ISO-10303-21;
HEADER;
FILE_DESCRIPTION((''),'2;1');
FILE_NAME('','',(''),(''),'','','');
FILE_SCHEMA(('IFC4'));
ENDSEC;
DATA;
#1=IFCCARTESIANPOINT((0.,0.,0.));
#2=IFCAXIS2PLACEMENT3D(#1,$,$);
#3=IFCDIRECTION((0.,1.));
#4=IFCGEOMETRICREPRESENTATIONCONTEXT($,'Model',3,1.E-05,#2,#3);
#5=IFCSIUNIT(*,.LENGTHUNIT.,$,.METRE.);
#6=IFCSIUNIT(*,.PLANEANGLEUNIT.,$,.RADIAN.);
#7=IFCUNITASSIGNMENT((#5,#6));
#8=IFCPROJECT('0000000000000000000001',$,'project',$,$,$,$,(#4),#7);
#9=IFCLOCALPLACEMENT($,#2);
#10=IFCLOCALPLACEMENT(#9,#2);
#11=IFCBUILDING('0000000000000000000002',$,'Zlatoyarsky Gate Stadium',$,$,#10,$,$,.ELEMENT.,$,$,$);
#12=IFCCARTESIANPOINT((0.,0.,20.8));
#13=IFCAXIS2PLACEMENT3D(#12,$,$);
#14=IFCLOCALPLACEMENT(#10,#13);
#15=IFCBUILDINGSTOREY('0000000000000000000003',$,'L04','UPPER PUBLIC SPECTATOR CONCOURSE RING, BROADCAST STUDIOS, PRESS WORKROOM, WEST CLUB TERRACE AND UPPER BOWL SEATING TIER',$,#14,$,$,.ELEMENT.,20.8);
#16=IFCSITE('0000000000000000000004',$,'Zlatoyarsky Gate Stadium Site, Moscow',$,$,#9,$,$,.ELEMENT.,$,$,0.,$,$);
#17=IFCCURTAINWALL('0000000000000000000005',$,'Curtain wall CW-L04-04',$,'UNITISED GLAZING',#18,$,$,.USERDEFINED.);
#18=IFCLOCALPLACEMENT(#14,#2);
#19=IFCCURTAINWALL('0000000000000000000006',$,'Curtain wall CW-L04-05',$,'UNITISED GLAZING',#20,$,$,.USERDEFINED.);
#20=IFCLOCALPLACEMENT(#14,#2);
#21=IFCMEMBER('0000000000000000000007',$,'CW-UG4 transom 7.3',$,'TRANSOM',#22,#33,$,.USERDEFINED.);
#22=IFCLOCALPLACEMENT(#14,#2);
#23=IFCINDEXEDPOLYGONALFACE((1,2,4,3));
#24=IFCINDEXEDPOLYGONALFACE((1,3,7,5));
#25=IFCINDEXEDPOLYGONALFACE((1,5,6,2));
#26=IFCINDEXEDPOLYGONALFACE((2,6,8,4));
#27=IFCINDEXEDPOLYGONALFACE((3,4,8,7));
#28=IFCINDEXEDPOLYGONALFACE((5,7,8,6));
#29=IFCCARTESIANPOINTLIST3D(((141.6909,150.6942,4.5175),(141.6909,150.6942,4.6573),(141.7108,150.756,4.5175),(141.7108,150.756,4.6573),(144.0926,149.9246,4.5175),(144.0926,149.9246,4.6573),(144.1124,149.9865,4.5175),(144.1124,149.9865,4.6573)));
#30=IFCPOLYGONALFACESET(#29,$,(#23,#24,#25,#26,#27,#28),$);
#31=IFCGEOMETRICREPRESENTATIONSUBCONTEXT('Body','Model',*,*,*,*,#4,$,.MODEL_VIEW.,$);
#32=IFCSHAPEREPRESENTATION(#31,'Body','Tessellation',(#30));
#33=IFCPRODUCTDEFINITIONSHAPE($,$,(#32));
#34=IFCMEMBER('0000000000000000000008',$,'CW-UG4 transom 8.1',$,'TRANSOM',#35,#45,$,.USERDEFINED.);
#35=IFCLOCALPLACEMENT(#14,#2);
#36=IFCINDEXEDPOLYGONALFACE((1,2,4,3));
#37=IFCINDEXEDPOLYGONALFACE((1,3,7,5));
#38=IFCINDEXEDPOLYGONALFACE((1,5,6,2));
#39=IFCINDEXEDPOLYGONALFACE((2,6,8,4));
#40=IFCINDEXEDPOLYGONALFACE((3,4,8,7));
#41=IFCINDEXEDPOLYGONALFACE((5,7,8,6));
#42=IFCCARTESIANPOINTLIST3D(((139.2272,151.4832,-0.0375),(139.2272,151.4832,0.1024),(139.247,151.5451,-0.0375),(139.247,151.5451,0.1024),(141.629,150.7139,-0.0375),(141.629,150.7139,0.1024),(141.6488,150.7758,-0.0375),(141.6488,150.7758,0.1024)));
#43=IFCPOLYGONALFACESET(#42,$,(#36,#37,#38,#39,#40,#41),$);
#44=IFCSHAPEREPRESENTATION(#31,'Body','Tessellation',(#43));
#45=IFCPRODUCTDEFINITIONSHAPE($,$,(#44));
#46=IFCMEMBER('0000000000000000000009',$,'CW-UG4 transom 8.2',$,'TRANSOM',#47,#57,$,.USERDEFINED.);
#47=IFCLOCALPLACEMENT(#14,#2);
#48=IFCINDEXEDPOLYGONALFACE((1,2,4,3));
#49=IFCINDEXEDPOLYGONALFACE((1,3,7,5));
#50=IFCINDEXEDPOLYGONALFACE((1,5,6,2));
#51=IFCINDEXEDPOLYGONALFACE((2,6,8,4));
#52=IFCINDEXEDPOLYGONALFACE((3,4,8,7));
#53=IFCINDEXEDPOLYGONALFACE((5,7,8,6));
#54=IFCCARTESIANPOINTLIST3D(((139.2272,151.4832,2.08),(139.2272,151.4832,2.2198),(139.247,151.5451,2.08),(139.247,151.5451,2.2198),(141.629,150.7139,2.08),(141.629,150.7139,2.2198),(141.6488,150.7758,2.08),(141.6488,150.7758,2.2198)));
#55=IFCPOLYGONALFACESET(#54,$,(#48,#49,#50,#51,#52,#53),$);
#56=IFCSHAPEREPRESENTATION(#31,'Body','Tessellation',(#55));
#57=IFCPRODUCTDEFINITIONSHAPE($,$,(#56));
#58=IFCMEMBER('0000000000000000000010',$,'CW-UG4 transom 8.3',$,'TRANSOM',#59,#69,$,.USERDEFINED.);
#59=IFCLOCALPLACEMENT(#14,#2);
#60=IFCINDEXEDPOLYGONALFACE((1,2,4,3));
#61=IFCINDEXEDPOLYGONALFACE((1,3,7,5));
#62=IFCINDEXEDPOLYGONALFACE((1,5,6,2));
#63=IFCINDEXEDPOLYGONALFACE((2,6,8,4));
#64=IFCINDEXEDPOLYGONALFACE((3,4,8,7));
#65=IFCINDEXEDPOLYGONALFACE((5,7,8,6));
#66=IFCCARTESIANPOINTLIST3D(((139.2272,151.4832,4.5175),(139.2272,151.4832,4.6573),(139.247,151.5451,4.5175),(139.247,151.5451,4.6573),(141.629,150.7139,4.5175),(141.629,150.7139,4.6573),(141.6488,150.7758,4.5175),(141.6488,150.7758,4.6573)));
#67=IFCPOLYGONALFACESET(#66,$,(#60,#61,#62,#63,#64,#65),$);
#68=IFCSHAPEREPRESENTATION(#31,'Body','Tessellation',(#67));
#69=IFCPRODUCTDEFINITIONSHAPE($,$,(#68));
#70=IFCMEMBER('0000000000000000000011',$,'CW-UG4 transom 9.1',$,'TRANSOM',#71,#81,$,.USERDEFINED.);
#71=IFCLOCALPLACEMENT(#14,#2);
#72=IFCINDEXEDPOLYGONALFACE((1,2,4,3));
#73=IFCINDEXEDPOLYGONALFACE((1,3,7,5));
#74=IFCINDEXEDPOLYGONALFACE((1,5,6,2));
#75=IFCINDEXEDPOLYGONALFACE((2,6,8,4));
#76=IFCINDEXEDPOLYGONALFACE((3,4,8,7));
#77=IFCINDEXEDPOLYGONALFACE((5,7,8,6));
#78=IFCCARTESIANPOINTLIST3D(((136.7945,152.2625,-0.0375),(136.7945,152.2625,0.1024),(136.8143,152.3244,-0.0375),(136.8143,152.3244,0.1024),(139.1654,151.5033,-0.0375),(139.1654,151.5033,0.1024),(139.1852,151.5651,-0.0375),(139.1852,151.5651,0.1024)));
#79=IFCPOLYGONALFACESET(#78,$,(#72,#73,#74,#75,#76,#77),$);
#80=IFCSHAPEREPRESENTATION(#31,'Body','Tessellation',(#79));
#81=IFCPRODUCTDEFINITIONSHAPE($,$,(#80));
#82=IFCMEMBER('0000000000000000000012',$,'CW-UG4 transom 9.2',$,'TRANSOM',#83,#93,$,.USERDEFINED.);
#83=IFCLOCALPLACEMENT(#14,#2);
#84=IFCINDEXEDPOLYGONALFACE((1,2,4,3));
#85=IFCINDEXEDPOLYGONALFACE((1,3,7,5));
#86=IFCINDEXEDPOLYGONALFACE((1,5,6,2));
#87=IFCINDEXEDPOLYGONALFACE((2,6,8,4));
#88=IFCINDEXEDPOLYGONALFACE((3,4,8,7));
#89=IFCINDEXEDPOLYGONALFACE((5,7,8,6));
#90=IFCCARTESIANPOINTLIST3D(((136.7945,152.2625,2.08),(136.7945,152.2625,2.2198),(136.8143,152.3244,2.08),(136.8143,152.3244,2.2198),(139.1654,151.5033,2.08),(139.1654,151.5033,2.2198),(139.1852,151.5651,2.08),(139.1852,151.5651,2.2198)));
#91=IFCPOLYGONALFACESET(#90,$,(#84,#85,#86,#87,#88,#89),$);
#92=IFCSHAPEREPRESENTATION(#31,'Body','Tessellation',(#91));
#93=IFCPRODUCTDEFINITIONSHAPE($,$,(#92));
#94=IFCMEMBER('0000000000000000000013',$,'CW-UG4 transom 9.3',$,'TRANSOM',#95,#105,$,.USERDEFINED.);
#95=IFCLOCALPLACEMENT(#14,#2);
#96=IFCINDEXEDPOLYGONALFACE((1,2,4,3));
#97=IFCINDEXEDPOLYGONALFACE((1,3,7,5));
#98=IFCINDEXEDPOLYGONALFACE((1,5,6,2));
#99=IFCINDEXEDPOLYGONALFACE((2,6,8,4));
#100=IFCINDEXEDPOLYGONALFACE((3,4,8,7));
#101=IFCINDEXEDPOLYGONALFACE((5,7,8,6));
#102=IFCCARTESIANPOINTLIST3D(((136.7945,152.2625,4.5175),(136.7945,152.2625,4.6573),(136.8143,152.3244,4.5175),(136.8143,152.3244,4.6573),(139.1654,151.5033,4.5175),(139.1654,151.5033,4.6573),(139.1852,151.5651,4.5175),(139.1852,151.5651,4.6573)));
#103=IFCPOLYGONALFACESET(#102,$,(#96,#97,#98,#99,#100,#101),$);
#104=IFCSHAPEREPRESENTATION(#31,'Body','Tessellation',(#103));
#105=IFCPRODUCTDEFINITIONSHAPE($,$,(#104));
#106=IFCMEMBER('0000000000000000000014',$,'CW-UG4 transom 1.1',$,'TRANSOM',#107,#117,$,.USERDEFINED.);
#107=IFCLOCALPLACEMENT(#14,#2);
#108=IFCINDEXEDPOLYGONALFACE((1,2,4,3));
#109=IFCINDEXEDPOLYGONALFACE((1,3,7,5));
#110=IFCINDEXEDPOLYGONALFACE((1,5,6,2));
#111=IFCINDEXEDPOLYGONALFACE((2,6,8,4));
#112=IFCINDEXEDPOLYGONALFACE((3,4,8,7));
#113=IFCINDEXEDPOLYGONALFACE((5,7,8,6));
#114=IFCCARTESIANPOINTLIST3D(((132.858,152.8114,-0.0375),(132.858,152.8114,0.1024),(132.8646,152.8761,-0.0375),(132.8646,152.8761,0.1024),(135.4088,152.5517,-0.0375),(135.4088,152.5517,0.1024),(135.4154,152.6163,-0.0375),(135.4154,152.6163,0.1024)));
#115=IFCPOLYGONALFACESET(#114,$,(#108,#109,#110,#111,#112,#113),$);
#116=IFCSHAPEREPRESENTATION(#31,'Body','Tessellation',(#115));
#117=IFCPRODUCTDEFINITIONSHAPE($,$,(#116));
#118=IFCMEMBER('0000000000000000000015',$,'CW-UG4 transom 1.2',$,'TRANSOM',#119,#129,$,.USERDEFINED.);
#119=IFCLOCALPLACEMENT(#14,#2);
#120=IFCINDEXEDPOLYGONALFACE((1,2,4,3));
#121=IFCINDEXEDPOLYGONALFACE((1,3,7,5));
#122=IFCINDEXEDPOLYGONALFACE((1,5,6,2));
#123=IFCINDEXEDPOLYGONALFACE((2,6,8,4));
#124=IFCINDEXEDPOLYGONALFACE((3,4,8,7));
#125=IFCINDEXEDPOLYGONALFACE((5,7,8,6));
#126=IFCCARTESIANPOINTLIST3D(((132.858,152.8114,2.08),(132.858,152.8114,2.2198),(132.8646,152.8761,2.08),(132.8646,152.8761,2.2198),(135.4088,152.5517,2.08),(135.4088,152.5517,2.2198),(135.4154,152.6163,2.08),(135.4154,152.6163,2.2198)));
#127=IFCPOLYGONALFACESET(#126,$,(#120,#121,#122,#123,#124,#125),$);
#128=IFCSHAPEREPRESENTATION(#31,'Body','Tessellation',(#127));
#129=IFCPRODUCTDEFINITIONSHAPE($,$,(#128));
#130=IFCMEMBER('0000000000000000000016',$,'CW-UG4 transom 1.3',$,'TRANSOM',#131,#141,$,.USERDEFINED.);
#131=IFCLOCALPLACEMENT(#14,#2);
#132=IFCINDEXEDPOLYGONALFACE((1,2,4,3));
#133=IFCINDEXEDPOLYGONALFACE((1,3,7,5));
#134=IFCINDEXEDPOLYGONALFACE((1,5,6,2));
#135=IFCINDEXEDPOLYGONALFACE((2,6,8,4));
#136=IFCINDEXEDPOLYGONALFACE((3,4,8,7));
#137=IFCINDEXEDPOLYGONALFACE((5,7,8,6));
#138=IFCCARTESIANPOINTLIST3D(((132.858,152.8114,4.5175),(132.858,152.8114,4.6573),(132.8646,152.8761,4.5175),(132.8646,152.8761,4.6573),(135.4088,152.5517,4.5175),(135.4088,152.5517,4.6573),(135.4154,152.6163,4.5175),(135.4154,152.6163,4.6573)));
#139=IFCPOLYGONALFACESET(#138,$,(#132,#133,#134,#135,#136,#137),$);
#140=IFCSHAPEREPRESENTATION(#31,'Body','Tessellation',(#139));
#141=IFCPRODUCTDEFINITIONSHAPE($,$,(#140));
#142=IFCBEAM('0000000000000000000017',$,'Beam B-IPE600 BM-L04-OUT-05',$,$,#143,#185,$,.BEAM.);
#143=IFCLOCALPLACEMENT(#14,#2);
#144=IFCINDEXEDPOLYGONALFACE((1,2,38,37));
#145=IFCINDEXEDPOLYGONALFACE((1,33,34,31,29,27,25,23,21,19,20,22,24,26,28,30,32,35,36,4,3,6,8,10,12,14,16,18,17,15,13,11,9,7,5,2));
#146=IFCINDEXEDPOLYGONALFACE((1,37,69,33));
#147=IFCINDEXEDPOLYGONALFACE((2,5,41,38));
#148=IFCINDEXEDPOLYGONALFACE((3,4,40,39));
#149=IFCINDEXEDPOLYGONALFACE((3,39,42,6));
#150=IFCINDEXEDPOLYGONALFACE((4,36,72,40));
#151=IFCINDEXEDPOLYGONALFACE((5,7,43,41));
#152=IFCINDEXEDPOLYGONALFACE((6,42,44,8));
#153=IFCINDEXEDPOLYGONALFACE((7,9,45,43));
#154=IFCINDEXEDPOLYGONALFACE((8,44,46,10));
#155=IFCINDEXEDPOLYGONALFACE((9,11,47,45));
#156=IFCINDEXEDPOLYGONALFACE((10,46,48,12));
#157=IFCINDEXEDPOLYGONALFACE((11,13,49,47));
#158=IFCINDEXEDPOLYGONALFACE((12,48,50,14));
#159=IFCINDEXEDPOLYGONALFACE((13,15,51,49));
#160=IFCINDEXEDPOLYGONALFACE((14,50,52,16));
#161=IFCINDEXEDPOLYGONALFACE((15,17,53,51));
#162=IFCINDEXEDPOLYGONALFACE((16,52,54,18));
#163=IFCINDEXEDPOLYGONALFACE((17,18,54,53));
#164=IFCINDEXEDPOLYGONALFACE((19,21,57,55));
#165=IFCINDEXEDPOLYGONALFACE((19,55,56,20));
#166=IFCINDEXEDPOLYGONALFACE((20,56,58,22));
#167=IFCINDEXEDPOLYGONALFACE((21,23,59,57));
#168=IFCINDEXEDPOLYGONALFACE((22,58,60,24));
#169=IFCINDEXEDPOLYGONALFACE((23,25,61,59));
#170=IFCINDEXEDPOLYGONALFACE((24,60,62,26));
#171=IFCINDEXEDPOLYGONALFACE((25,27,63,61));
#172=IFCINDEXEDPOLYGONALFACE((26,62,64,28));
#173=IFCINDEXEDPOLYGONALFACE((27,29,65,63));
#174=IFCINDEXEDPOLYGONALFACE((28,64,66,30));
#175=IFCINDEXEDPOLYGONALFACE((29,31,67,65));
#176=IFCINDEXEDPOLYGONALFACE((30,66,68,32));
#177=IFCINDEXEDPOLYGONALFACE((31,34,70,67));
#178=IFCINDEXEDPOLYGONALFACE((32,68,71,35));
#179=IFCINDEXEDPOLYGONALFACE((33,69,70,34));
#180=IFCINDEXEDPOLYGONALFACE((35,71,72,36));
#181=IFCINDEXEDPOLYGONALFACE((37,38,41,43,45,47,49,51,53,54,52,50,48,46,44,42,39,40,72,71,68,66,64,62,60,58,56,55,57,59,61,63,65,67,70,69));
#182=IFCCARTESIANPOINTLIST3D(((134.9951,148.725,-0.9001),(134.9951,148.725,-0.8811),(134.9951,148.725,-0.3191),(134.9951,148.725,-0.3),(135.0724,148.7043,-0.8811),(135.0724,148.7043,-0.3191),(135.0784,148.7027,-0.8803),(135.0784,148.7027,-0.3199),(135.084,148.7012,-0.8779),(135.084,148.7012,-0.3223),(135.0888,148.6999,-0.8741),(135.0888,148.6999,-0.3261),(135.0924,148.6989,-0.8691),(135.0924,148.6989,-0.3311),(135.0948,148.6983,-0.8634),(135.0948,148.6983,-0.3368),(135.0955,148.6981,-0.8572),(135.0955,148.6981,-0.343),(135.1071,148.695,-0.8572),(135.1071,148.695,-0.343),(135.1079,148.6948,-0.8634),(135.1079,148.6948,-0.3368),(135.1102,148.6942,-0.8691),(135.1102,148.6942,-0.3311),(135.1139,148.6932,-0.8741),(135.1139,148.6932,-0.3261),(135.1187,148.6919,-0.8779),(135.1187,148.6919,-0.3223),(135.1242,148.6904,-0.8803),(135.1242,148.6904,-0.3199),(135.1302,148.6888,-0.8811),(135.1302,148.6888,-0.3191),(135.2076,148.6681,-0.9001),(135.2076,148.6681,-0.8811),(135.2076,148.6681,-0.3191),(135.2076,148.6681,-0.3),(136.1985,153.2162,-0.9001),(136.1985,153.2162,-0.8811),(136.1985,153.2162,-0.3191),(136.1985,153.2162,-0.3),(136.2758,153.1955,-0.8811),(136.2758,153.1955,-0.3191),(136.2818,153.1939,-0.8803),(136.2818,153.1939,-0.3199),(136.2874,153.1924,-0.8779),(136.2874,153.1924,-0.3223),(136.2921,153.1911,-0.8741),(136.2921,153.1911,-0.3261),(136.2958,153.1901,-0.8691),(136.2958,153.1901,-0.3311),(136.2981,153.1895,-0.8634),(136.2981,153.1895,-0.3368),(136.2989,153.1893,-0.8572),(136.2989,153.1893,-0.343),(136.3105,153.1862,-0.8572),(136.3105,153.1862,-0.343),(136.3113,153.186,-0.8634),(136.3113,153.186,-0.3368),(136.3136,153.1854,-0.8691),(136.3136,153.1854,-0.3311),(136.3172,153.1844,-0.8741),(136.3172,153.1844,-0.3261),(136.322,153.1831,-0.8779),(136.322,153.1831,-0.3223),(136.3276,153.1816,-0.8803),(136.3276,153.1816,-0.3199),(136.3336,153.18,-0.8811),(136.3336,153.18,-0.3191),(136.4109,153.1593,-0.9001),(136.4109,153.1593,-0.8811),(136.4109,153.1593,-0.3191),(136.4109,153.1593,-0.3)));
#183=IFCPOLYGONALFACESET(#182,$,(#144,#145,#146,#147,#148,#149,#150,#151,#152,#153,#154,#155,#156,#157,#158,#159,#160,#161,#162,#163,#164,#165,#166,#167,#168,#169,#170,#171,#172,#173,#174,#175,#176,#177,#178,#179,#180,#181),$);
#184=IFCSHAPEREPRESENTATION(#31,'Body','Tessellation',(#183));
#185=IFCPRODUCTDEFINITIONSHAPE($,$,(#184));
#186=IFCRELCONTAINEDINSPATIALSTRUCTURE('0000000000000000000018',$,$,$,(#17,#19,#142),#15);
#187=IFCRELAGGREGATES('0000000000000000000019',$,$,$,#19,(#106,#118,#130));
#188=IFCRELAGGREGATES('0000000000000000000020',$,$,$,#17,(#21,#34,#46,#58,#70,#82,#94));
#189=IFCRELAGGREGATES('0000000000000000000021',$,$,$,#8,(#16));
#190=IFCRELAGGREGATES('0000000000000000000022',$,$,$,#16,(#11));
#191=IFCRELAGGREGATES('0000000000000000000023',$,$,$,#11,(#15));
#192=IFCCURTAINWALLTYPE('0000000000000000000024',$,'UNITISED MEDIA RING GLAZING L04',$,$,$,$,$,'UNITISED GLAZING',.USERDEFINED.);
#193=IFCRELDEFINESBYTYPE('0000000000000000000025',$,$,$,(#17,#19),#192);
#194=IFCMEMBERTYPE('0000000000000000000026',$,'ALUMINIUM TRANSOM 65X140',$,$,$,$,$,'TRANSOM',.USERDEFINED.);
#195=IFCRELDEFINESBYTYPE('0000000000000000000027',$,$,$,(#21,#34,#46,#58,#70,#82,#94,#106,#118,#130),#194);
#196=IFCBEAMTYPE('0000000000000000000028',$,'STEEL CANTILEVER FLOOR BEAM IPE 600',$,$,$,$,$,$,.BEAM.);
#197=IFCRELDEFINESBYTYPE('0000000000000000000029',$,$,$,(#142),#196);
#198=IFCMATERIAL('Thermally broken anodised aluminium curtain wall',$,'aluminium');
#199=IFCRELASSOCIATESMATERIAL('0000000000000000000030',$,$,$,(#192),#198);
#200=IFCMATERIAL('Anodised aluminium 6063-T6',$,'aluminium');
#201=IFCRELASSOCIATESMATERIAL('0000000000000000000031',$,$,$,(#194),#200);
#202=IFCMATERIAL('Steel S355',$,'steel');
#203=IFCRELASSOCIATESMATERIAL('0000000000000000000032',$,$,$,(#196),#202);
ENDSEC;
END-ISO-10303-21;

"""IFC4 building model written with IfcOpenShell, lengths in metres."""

from ifc_helpers import new_model, si_unit, direction, frame, origin, origin_2d, place, context, subcontext, project, spatial, rectangle, i_section, extrude, material, material_profile, profile_set, type_object, element, aggregate, save


model = new_model("IFC4")

# Units and contexts
model_context = context("Model", 3, precision=1e-05, world=origin(), true_north=direction((0.0, 1.0)))
body_context = subcontext(model_context, "Body", "Model", "MODEL_VIEW")
ifc_project = project(units=[si_unit("LENGTHUNIT", "METRE"), si_unit("PLANEANGLEUNIT", "RADIAN")], contexts=[model_context])

# Site, building, storey
site_placement = place(None, origin())
site = spatial("IfcSite", under=ifc_project, at=site_placement, Name="Zlatoyarsky Gate Stadium Site, Moscow", CompositionType="ELEMENT", RefElevation=0.0)
building_placement = place(site_placement, origin())
building = spatial("IfcBuilding", under=site, at=building_placement, Name="Zlatoyarsky Gate Stadium", CompositionType="ELEMENT")
storey_placement = place(building_placement, frame((0.0, 0.0, 20.8)))
storey = spatial("IfcBuildingStorey", under=building, at=storey_placement, Name="L04", Description="UPPER PUBLIC SPECTATOR CONCOURSE RING, BROADCAST STUDIOS, PRESS WORKROOM, WEST CLUB TERRACE AND UPPER BOWL SEATING TIER", CompositionType="ELEMENT", Elevation=20.8)

# Shared definitions
ifc_material_1 = material(Name="Steel S355", Category="steel")

# Curtain wall
ifc_material_2 = material(Name="Thermally broken anodised aluminium curtain wall", Category="aluminium")
curtain_wall_type = type_object("IfcCurtainWallType", Name="UNITISED MEDIA RING GLAZING L04", ElementType="UNITISED GLAZING", PredefinedType="USERDEFINED", material=ifc_material_2)
curtain_wall_1_placement = place(storey_placement, origin())
curtain_wall_1 = element("IfcCurtainWall", 1, at=curtain_wall_1_placement, inside=storey, type_object=curtain_wall_type, Name="Curtain wall CW-L04-04", ObjectType="UNITISED GLAZING", PredefinedType="USERDEFINED")
ifc_material_3 = material(Name="Anodised aluminium 6063-T6", Category="aluminium")

# Curtain wall
curtain_wall_2_placement = place(storey_placement, origin())
curtain_wall_2 = element("IfcCurtainWall", 2, at=curtain_wall_2_placement, inside=storey, type_object=curtain_wall_type, Name="Curtain wall CW-L04-05", ObjectType="UNITISED GLAZING", PredefinedType="USERDEFINED")

# Members
ifc_material_profile_1 = material_profile(ifc_material_3, rectangle(XDim=0.0649, YDim=0.1399, at=origin_2d()), Name="ALU 65X140")
ifc_profile_set_1 = profile_set([ifc_material_profile_1], Name="Anodised aluminium 6063-T6")
member_type_1 = type_object("IfcMemberType", Name="ALUMINIUM TRANSOM 65X140", ElementType="TRANSOM", PredefinedType="USERDEFINED", material=ifc_profile_set_1)
member_1_placement = place(storey_placement, frame((144.1025, 149.9556, 4.5874), z_axis=(-0.952307, 0.305141, 0.0), x_axis=(-0.305141, -0.952307, 0.0)))
member_1 = element("IfcMember", 3, at=member_1_placement, type_object=member_type_1, Name="CW-UG4 transom 7.3", ObjectType="TRANSOM", PredefinedType="USERDEFINED", context=body_context, shape_type="SweptSolid", body=[
    extrude(rectangle(XDim=0.0649, YDim=0.1399, at=origin_2d()), origin(), (0.0, 0.0, 1.0), 2.522),
])
member_2_placement = place(storey_placement, frame((141.6389, 150.7449, 0.0325), z_axis=(-0.952344, 0.305025, 0.0), x_axis=(-0.305025, -0.952344, 0.0)))
member_2 = element("IfcMember", 4, at=member_2_placement, type_object=member_type_1, Name="CW-UG4 transom 8.1", ObjectType="TRANSOM", PredefinedType="USERDEFINED", context=body_context, shape_type="SweptSolid", body=[
    extrude(rectangle(XDim=0.0649, YDim=0.1399, at=origin_2d()), origin(), (0.0, 0.0, 1.0), 2.522),
])
member_3_placement = place(storey_placement, frame((141.6389, 150.7449, 2.1499), z_axis=(-0.952344, 0.305025, 0.0), x_axis=(-0.305025, -0.952344, 0.0)))
member_3 = element("IfcMember", 5, at=member_3_placement, type_object=member_type_1, Name="CW-UG4 transom 8.2", ObjectType="TRANSOM", PredefinedType="USERDEFINED", context=body_context, shape_type="SweptSolid", body=[
    extrude(rectangle(XDim=0.0649, YDim=0.1399, at=origin_2d()), origin(), (0.0, 0.0, 1.0), 2.522),
])
member_4_placement = place(storey_placement, frame((141.6389, 150.7449, 4.5874), z_axis=(-0.952344, 0.305025, 0.0), x_axis=(-0.305025, -0.952344, 0.0)))
member_4 = element("IfcMember", 6, at=member_4_placement, type_object=member_type_1, Name="CW-UG4 transom 8.3", ObjectType="TRANSOM", PredefinedType="USERDEFINED", context=body_context, shape_type="SweptSolid", body=[
    extrude(rectangle(XDim=0.0649, YDim=0.1399, at=origin_2d()), origin(), (0.0, 0.0, 1.0), 2.522),
])
member_5_placement = place(storey_placement, frame((139.1753, 151.5342, 0.0325), z_axis=(-0.952354, 0.304996, 0.0), x_axis=(-0.304996, -0.952354, 0.0)))
member_5 = element("IfcMember", 7, at=member_5_placement, type_object=member_type_1, Name="CW-UG4 transom 9.1", ObjectType="TRANSOM", PredefinedType="USERDEFINED", context=body_context, shape_type="SweptSolid", body=[
    extrude(rectangle(XDim=0.0649, YDim=0.1399, at=origin_2d()), origin(), (0.0, 0.0, 1.0), 2.4895),
])
member_6_placement = place(storey_placement, frame((139.1753, 151.5342, 2.1499), z_axis=(-0.952354, 0.304996, 0.0), x_axis=(-0.304996, -0.952354, 0.0)))
member_6 = element("IfcMember", 8, at=member_6_placement, type_object=member_type_1, Name="CW-UG4 transom 9.2", ObjectType="TRANSOM", PredefinedType="USERDEFINED", context=body_context, shape_type="SweptSolid", body=[
    extrude(rectangle(XDim=0.0649, YDim=0.1399, at=origin_2d()), origin(), (0.0, 0.0, 1.0), 2.4895),
])
member_7_placement = place(storey_placement, frame((139.1753, 151.5342, 4.5874), z_axis=(-0.952354, 0.304996, 0.0), x_axis=(-0.304996, -0.952354, 0.0)))
member_7 = element("IfcMember", 9, at=member_7_placement, type_object=member_type_1, Name="CW-UG4 transom 9.3", ObjectType="TRANSOM", PredefinedType="USERDEFINED", context=body_context, shape_type="SweptSolid", body=[
    extrude(rectangle(XDim=0.0649, YDim=0.1399, at=origin_2d()), origin(), (0.0, 0.0, 1.0), 2.4895),
])
member_8_placement = place(storey_placement, frame((135.4121, 152.584, 0.0325), z_axis=(-0.994855, 0.101314, 0.0), x_axis=(-0.101314, -0.994855, 0.0)))
member_8 = element("IfcMember", 10, at=member_8_placement, type_object=member_type_1, Name="CW-UG4 transom 1.1", ObjectType="TRANSOM", PredefinedType="USERDEFINED", context=body_context, shape_type="SweptSolid", body=[
    extrude(rectangle(XDim=0.0649, YDim=0.1399, at=origin_2d()), origin(), (0.0, 0.0, 1.0), 2.564),
])
member_9_placement = place(storey_placement, frame((135.4121, 152.584, 2.1499), z_axis=(-0.994855, 0.101314, 0.0), x_axis=(-0.101314, -0.994855, 0.0)))
member_9 = element("IfcMember", 11, at=member_9_placement, type_object=member_type_1, Name="CW-UG4 transom 1.2", ObjectType="TRANSOM", PredefinedType="USERDEFINED", context=body_context, shape_type="SweptSolid", body=[
    extrude(rectangle(XDim=0.0649, YDim=0.1399, at=origin_2d()), origin(), (0.0, 0.0, 1.0), 2.564),
])
member_10_placement = place(storey_placement, frame((135.4121, 152.584, 4.5874), z_axis=(-0.994855, 0.101314, 0.0), x_axis=(-0.101314, -0.994855, 0.0)))
member_10 = element("IfcMember", 12, at=member_10_placement, type_object=member_type_1, Name="CW-UG4 transom 1.3", ObjectType="TRANSOM", PredefinedType="USERDEFINED", context=body_context, shape_type="SweptSolid", body=[
    extrude(rectangle(XDim=0.0649, YDim=0.1399, at=origin_2d()), origin(), (0.0, 0.0, 1.0), 2.564),
])
aggregate(curtain_wall_2, [member_8, member_9, member_10])

# Beam
ifc_material_profile_2 = material_profile(ifc_material_1, i_section(OverallWidth=0.22, OverallDepth=0.6001, WebThickness=0.012, FlangeThickness=0.019, FilletRadius=0.0239, at=origin_2d()), Name="IPE 600")
ifc_profile_set_2 = profile_set([ifc_material_profile_2], Name="Steel S355")
beam_type_1 = type_object("IfcBeamType", Name="STEEL CANTILEVER FLOOR BEAM IPE 600", PredefinedType="BEAM", material=ifc_profile_set_2)
beam_1_placement = place(storey_placement, frame((135.1013, 148.6965, -0.6001), z_axis=(0.25881, 0.965928, 0.0), x_axis=(-0.965928, 0.25881, 0.0)))
element("IfcBeam", 13, at=beam_1_placement, inside=storey, type_object=beam_type_1, Name="Beam B-IPE600 BM-L04-OUT-05", PredefinedType="BEAM", context=body_context, shape_type="SweptSolid", body=[
    extrude(i_section(OverallWidth=0.22, OverallDepth=0.6001, WebThickness=0.012, FlangeThickness=0.019, FilletRadius=0.0239, at=origin_2d()), origin(), (0.0, 0.0, 1.0), 4.6497),
])

aggregate(curtain_wall_1, [member_1, member_2, member_3, member_4, member_5, member_6, member_7])

save(model, "model.ifc")
